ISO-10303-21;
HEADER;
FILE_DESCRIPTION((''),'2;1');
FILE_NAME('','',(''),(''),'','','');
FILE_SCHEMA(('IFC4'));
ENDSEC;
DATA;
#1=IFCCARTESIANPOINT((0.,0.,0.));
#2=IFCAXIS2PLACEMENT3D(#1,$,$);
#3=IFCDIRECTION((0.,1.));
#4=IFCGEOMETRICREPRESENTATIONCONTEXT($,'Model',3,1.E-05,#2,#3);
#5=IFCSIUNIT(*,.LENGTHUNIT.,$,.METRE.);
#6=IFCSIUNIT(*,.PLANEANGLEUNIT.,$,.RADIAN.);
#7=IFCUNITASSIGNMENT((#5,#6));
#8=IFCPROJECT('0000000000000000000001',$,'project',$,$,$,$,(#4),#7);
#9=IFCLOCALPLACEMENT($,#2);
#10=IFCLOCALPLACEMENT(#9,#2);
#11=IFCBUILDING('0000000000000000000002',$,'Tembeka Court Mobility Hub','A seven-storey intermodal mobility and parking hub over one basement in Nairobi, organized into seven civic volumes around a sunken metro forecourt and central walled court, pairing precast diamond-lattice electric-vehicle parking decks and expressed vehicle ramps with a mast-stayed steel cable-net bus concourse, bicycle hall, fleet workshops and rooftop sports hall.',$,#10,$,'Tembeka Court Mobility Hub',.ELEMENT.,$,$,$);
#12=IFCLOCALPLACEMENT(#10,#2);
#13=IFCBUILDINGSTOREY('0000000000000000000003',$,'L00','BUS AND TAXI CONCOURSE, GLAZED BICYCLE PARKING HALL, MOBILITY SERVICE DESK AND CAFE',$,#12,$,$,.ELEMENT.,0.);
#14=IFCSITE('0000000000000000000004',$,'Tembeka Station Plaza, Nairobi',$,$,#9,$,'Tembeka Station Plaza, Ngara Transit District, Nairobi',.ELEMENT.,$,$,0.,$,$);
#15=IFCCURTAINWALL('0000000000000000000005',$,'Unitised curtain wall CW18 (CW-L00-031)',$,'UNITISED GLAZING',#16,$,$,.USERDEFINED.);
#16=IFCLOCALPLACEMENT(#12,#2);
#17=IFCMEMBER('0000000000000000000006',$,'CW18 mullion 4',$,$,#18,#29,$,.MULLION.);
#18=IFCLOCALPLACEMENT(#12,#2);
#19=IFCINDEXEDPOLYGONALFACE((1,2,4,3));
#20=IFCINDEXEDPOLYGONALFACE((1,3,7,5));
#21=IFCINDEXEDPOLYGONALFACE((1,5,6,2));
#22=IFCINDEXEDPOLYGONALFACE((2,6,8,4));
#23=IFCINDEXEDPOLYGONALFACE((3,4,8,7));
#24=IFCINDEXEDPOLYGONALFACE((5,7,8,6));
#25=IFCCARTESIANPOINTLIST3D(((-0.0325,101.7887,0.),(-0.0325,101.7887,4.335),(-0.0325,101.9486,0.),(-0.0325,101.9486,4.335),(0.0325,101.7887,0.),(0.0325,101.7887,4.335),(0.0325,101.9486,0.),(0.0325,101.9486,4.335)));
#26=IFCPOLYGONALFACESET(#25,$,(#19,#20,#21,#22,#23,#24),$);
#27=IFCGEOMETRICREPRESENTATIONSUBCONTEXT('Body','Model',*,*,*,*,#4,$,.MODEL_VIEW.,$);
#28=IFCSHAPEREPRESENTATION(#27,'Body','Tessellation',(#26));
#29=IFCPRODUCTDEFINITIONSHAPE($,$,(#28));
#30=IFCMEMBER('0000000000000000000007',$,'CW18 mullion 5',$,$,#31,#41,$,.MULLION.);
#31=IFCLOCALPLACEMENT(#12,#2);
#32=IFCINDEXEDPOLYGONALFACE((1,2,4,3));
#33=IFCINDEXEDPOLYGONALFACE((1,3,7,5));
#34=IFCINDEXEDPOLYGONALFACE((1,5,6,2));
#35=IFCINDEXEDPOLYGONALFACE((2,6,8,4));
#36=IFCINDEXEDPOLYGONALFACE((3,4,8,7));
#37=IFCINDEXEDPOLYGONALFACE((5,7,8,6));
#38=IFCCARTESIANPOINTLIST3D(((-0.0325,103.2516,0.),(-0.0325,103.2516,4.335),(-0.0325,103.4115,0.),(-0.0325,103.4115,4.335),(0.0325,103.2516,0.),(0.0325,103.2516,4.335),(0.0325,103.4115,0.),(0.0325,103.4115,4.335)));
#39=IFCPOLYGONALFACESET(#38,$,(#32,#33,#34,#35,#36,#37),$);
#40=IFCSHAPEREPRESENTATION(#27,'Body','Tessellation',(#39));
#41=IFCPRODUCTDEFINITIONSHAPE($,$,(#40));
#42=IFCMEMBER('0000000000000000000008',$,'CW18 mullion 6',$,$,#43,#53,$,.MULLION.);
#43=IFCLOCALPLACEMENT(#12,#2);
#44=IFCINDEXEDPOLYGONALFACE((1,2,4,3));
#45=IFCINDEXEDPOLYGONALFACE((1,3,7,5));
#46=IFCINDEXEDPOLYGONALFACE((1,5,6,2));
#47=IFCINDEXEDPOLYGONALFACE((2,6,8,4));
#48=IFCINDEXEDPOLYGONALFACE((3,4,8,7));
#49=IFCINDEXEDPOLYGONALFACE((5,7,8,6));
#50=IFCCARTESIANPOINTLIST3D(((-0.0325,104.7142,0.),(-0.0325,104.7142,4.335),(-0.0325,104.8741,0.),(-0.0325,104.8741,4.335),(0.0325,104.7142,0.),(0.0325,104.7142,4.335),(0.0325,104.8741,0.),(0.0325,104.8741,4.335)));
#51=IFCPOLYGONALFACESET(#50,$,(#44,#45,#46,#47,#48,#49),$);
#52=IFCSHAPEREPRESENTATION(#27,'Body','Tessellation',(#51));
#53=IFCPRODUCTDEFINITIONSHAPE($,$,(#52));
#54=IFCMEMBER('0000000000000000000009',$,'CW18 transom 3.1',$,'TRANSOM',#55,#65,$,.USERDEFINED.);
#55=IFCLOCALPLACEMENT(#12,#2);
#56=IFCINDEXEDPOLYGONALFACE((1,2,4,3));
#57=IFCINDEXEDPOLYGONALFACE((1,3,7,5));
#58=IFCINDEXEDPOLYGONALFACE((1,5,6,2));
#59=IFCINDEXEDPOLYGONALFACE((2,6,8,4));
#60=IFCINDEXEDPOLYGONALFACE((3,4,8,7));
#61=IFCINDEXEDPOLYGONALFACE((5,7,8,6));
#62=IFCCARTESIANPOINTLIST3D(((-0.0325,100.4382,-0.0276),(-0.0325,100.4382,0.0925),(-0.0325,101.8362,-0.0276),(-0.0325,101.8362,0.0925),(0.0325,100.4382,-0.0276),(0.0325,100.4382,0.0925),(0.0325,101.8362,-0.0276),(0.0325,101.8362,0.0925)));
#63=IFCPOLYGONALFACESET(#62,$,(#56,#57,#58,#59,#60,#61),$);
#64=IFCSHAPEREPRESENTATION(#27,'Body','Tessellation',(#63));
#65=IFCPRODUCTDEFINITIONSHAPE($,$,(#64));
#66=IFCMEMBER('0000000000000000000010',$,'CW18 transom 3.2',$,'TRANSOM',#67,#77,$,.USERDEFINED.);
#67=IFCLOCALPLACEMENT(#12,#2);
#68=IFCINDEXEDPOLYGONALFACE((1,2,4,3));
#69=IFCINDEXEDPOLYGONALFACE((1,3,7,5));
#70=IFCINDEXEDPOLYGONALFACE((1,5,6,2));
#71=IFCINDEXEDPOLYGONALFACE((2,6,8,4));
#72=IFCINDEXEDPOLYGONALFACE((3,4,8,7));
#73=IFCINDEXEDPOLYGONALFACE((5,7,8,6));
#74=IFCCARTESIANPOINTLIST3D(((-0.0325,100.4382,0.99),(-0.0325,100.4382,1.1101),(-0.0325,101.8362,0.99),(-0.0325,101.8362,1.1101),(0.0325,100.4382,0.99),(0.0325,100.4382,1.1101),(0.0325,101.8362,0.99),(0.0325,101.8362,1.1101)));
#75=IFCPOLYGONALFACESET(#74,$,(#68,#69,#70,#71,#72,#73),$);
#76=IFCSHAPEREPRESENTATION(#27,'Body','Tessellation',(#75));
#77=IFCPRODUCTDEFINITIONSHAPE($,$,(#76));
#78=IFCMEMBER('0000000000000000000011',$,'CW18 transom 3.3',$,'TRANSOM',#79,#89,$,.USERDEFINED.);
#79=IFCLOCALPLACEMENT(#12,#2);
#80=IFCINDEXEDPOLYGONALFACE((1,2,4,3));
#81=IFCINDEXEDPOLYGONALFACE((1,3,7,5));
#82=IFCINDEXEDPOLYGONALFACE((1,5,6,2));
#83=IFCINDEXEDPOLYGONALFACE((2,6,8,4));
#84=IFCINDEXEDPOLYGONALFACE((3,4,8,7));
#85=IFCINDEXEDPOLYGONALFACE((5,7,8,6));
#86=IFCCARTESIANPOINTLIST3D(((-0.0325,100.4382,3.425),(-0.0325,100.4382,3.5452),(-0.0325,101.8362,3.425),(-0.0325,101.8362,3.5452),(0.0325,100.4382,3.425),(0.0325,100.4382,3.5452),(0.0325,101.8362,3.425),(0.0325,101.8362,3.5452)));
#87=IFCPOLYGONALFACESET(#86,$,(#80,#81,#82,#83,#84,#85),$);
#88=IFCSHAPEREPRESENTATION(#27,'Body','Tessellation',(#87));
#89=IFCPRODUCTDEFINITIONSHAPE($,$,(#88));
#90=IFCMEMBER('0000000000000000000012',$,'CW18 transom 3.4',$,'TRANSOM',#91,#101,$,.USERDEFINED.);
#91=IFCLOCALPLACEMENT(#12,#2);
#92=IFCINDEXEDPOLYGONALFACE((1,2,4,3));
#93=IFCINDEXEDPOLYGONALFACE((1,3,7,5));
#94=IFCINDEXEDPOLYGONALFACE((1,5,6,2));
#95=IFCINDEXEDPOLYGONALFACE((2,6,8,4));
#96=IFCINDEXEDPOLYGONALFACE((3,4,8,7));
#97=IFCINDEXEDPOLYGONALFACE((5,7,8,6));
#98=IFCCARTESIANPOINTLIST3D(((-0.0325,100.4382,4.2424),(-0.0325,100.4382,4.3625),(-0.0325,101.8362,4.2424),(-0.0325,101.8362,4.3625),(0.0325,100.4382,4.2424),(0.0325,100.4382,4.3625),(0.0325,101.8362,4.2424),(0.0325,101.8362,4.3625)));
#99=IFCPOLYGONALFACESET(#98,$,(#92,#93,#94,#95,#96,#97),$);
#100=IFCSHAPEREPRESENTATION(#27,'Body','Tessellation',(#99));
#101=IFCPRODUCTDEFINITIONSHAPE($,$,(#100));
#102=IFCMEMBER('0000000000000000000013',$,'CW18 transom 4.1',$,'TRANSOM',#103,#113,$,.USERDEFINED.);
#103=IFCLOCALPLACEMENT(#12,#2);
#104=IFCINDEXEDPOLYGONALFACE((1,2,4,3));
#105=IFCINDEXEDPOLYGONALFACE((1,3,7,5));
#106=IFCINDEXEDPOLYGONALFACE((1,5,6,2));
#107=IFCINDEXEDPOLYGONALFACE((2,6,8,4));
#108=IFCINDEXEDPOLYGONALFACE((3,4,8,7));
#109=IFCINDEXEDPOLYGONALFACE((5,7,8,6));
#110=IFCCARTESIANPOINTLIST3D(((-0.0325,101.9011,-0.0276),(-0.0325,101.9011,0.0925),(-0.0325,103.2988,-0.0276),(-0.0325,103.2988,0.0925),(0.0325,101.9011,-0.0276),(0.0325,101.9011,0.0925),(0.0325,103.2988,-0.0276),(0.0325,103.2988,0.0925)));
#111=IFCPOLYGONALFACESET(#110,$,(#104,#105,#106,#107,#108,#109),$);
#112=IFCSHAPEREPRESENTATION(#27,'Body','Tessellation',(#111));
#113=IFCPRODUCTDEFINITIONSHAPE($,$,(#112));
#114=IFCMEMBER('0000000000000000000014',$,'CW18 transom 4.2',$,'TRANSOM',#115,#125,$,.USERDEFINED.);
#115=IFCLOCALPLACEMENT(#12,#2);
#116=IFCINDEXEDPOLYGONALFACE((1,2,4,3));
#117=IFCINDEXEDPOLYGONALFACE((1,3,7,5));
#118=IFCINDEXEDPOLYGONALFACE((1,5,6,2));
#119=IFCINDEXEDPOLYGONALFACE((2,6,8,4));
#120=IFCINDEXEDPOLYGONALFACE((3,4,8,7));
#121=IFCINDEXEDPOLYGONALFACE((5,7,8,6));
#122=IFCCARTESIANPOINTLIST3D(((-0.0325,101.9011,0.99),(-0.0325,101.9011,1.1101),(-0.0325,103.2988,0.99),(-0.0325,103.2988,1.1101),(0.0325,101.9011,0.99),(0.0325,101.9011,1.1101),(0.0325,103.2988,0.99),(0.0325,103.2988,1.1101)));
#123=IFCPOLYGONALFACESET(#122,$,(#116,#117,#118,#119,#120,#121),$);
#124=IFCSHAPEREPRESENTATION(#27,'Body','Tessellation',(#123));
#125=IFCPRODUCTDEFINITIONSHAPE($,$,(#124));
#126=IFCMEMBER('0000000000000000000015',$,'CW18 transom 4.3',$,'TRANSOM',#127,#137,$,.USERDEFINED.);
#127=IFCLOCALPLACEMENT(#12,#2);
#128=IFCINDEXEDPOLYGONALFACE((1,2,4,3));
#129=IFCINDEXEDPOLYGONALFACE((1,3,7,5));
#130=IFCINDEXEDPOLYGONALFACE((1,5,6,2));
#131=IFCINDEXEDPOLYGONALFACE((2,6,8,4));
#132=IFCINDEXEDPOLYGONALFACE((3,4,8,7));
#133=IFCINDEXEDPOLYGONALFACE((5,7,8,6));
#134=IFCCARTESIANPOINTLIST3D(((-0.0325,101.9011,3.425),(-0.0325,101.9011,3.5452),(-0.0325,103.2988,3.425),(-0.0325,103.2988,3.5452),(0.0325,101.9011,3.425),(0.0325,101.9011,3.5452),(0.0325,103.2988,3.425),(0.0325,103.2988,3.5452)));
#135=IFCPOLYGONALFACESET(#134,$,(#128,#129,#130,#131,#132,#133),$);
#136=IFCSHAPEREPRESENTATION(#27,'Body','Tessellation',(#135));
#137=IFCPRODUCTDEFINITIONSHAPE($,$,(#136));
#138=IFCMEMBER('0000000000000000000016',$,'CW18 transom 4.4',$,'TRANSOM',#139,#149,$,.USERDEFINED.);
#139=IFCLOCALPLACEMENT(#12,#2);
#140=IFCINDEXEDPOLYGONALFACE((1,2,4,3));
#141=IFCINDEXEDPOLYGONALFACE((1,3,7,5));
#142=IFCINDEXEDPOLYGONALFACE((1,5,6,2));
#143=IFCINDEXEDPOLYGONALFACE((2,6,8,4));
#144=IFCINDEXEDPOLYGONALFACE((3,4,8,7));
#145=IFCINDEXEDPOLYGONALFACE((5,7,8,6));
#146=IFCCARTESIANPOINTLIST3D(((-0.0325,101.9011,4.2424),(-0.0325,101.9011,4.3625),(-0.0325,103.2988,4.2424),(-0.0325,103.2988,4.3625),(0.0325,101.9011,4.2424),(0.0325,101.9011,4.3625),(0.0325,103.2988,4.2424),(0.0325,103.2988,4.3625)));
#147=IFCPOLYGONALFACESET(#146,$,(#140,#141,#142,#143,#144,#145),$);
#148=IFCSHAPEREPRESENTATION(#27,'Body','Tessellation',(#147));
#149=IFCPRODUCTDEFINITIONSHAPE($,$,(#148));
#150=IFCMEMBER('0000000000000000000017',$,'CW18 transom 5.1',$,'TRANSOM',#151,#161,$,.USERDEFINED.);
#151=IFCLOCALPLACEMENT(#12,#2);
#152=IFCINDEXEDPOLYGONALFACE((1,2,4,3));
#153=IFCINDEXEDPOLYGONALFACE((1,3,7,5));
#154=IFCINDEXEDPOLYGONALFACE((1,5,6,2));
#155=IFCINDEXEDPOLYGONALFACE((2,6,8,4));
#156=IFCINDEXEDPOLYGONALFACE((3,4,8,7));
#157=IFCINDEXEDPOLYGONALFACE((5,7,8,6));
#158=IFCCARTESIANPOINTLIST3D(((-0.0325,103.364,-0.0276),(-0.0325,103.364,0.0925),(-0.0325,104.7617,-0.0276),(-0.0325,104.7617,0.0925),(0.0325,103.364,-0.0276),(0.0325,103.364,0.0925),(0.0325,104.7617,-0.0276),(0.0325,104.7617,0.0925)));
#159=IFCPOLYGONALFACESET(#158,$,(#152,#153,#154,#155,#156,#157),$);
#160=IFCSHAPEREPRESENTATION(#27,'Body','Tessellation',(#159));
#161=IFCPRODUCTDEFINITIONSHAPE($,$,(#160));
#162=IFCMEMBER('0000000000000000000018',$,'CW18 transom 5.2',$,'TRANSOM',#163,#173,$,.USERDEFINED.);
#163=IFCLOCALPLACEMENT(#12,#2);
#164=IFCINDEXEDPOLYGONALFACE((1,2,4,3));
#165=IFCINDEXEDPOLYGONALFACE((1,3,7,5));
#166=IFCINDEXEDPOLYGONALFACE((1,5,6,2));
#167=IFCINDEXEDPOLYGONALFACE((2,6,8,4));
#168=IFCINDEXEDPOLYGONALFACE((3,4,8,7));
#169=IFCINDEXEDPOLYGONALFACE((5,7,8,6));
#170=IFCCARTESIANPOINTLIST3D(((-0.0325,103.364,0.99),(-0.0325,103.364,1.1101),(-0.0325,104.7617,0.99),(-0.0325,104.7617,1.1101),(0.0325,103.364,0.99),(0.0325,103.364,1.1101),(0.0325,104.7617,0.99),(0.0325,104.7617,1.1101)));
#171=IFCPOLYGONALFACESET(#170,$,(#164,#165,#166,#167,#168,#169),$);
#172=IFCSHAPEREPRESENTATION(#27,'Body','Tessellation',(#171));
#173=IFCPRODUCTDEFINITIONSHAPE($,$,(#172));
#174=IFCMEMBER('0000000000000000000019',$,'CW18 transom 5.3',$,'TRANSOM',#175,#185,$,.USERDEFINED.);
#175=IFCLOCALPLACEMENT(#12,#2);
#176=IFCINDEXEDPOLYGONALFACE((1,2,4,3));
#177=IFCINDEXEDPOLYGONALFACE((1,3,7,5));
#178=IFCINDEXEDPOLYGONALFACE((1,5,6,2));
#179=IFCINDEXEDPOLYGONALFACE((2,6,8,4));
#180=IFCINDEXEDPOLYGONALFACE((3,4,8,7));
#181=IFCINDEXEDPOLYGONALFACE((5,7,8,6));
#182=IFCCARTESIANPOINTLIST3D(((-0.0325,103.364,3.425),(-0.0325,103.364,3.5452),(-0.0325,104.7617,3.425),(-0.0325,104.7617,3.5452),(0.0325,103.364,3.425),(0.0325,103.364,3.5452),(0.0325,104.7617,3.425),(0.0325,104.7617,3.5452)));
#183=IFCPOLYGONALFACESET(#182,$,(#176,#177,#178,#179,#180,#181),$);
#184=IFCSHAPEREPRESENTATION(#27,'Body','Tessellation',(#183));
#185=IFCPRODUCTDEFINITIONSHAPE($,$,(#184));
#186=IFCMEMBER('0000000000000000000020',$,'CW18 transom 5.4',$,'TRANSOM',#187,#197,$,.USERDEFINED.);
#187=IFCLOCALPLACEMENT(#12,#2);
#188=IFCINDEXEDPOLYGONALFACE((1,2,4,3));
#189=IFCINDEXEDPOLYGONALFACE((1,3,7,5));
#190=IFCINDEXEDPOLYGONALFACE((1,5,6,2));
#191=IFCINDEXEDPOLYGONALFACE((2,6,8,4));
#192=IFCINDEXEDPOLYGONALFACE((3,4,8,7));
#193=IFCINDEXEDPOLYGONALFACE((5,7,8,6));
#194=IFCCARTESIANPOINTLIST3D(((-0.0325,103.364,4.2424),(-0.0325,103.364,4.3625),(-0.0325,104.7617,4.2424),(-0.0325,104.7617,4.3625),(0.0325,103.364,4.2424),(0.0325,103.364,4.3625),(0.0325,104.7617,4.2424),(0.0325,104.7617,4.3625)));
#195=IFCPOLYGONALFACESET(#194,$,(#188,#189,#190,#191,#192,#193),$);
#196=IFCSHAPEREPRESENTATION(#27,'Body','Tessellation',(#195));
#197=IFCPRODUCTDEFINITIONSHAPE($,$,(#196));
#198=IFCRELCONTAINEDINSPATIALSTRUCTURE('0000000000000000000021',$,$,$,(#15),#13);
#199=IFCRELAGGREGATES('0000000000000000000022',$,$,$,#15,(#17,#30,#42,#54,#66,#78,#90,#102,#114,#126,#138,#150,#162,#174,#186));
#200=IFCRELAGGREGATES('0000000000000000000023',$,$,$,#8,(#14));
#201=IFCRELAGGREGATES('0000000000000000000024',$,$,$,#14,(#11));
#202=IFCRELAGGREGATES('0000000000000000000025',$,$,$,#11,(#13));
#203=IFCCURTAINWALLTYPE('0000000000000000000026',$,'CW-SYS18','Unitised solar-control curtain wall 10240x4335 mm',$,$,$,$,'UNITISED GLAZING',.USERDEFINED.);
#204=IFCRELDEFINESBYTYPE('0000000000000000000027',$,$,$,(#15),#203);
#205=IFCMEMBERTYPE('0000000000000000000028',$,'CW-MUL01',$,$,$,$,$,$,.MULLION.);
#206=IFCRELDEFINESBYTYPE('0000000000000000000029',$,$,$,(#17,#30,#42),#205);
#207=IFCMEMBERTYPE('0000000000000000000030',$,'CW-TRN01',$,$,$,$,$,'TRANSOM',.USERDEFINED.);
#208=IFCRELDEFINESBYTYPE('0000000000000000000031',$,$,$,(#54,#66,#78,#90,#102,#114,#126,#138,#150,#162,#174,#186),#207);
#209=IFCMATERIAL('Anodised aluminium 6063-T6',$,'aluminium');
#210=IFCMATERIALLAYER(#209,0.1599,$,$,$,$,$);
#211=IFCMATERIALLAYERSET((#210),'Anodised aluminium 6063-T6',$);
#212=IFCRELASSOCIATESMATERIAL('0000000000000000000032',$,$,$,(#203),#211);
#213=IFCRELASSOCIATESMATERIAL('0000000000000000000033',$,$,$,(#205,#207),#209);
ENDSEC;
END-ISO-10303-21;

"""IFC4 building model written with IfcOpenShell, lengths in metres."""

from ifc_helpers import new_model, si_unit, direction, frame, origin, origin_2d, place, context, subcontext, project, spatial, rectangle, extrude, material, layer, layer_set, material_profile, profile_set, type_object, element, aggregate, save


model = new_model("IFC4")

# Units and contexts
model_context = context("Model", 3, precision=1e-05, world=origin(), true_north=direction((0.0, 1.0)))
body_context = subcontext(model_context, "Body", "Model", "MODEL_VIEW")
ifc_project = project(units=[si_unit("LENGTHUNIT", "METRE"), si_unit("PLANEANGLEUNIT", "RADIAN")], contexts=[model_context])

# Site, building, storey
site_placement = place(None, origin())
site = spatial("IfcSite", under=ifc_project, at=site_placement, Name="Tembeka Station Plaza, Nairobi", LongName="Tembeka Station Plaza, Ngara Transit District, Nairobi", CompositionType="ELEMENT", RefElevation=0.0)
building_placement = place(site_placement, origin())
building = spatial("IfcBuilding", under=site, at=building_placement, Name="Tembeka Court Mobility Hub", Description="A seven-storey intermodal mobility and parking hub over one basement in Nairobi, organized into seven civic volumes around a sunken metro forecourt and central walled court, pairing precast diamond-lattice electric-vehicle parking decks and expressed vehicle ramps with a mast-stayed steel cable-net bus concourse, bicycle hall, fleet workshops and rooftop sports hall.", LongName="Tembeka Court Mobility Hub", CompositionType="ELEMENT")
storey_placement = place(building_placement, origin())
storey = spatial("IfcBuildingStorey", under=building, at=storey_placement, Name="L00", Description="BUS AND TAXI CONCOURSE, GLAZED BICYCLE PARKING HALL, MOBILITY SERVICE DESK AND CAFE", CompositionType="ELEMENT", Elevation=0.0)

# Curtain wall, members
ifc_material_1 = material(Name="Anodised aluminium 6063-T6", Category="aluminium")
ifc_layer_1 = layer(ifc_material_1, 0.1599)
ifc_layer_set_1 = layer_set([ifc_layer_1], Name="Anodised aluminium 6063-T6")
curtain_wall_type = type_object("IfcCurtainWallType", Name="CW-SYS18", Description="Unitised solar-control curtain wall 10240x4335 mm", ElementType="UNITISED GLAZING", PredefinedType="USERDEFINED", material=ifc_layer_set_1)
curtain_wall_placement = place(storey_placement, origin())
curtain_wall = element("IfcCurtainWall", 1, at=curtain_wall_placement, inside=storey, type_object=curtain_wall_type, Name="Unitised curtain wall CW18 (CW-L00-031)", ObjectType="UNITISED GLAZING", PredefinedType="USERDEFINED")
ifc_material_profile_1 = material_profile(ifc_material_1, rectangle(XDim=0.0649, YDim=0.1599, at=origin_2d()), Name="ALU-MUL 65x160")
ifc_profile_set_1 = profile_set([ifc_material_profile_1], Name="Anodised aluminium 6063-T6")
member_type_1 = type_object("IfcMemberType", Name="CW-MUL01", PredefinedType="MULLION", material=ifc_profile_set_1)
member_1_placement = place(storey_placement, frame((0.0, 101.8687, 0.0), z_axis=(0.0, 0.0, 1.0), x_axis=(-1.0, 0.0, 0.0)))
member_1 = element("IfcMember", 2, at=member_1_placement, type_object=member_type_1, Name="CW18 mullion 4", PredefinedType="MULLION", context=body_context, shape_type="SweptSolid", body=[
    extrude(rectangle(XDim=0.0649, YDim=0.1599, at=origin_2d()), origin(), (0.0, 0.0, 1.0), 4.335),
])
member_2_placement = place(storey_placement, frame((0.0, 103.3315, 0.0), z_axis=(0.0, 0.0, 1.0), x_axis=(-1.0, 0.0, 0.0)))
member_2 = element("IfcMember", 3, at=member_2_placement, type_object=member_type_1, Name="CW18 mullion 5", PredefinedType="MULLION", context=body_context, shape_type="SweptSolid", body=[
    extrude(rectangle(XDim=0.0649, YDim=0.1599, at=origin_2d()), origin(), (0.0, 0.0, 1.0), 4.335),
])
member_3_placement = place(storey_placement, frame((0.0, 104.7942, 0.0), z_axis=(0.0, 0.0, 1.0), x_axis=(-1.0, 0.0, 0.0)))
member_3 = element("IfcMember", 4, at=member_3_placement, type_object=member_type_1, Name="CW18 mullion 6", PredefinedType="MULLION", context=body_context, shape_type="SweptSolid", body=[
    extrude(rectangle(XDim=0.0649, YDim=0.1599, at=origin_2d()), origin(), (0.0, 0.0, 1.0), 4.335),
])
ifc_material_profile_2 = material_profile(ifc_material_1, rectangle(XDim=0.0649, YDim=0.1201, at=origin_2d()), Name="ALU-TRN 65x120")
ifc_profile_set_2 = profile_set([ifc_material_profile_2], Name="Anodised aluminium 6063-T6")
member_type_2 = type_object("IfcMemberType", Name="CW-TRN01", ElementType="TRANSOM", PredefinedType="USERDEFINED", material=ifc_profile_set_2)
member_4_placement = place(storey_placement, frame((0.0, 100.4382, 0.0325), z_axis=(0.0, 1.0, 0.0), x_axis=(-1.0, 0.0, 0.0)))
member_4 = element("IfcMember", 5, at=member_4_placement, type_object=member_type_2, Name="CW18 transom 3.1", ObjectType="TRANSOM", PredefinedType="USERDEFINED", context=body_context, shape_type="SweptSolid", body=[
    extrude(rectangle(XDim=0.0649, YDim=0.1201, at=origin_2d()), origin(), (0.0, 0.0, 1.0), 1.3979),
])
member_5_placement = place(storey_placement, frame((0.0, 100.4382, 1.05), z_axis=(0.0, 1.0, 0.0), x_axis=(-1.0, 0.0, 0.0)))
member_5 = element("IfcMember", 6, at=member_5_placement, type_object=member_type_2, Name="CW18 transom 3.2", ObjectType="TRANSOM", PredefinedType="USERDEFINED", context=body_context, shape_type="SweptSolid", body=[
    extrude(rectangle(XDim=0.0649, YDim=0.1201, at=origin_2d()), origin(), (0.0, 0.0, 1.0), 1.3979),
])
member_6_placement = place(storey_placement, frame((0.0, 100.4382, 3.4851), z_axis=(0.0, 1.0, 0.0), x_axis=(-1.0, 0.0, 0.0)))
member_6 = element("IfcMember", 7, at=member_6_placement, type_object=member_type_2, Name="CW18 transom 3.3", ObjectType="TRANSOM", PredefinedType="USERDEFINED", context=body_context, shape_type="SweptSolid", body=[
    extrude(rectangle(XDim=0.0649, YDim=0.1201, at=origin_2d()), origin(), (0.0, 0.0, 1.0), 1.3979),
])
member_7_placement = place(storey_placement, frame((0.0, 100.4382, 4.3025), z_axis=(0.0, 1.0, 0.0), x_axis=(-1.0, 0.0, 0.0)))
member_7 = element("IfcMember", 8, at=member_7_placement, type_object=member_type_2, Name="CW18 transom 3.4", ObjectType="TRANSOM", PredefinedType="USERDEFINED", context=body_context, shape_type="SweptSolid", body=[
    extrude(rectangle(XDim=0.0649, YDim=0.1201, at=origin_2d()), origin(), (0.0, 0.0, 1.0), 1.3979),
])
member_8_placement = place(storey_placement, frame((0.0, 101.9011, 0.0325), z_axis=(0.0, 1.0, 0.0), x_axis=(-1.0, 0.0, 0.0)))
member_8 = element("IfcMember", 9, at=member_8_placement, type_object=member_type_2, Name="CW18 transom 4.1", ObjectType="TRANSOM", PredefinedType="USERDEFINED", context=body_context, shape_type="SweptSolid", body=[
    extrude(rectangle(XDim=0.0649, YDim=0.1201, at=origin_2d()), origin(), (0.0, 0.0, 1.0), 1.3977),
])
member_9_placement = place(storey_placement, frame((0.0, 101.9011, 1.05), z_axis=(0.0, 1.0, 0.0), x_axis=(-1.0, 0.0, 0.0)))
member_9 = element("IfcMember", 10, at=member_9_placement, type_object=member_type_2, Name="CW18 transom 4.2", ObjectType="TRANSOM", PredefinedType="USERDEFINED", context=body_context, shape_type="SweptSolid", body=[
    extrude(rectangle(XDim=0.0649, YDim=0.1201, at=origin_2d()), origin(), (0.0, 0.0, 1.0), 1.3977),
])
member_10_placement = place(storey_placement, frame((0.0, 101.9011, 3.4851), z_axis=(0.0, 1.0, 0.0), x_axis=(-1.0, 0.0, 0.0)))
member_10 = element("IfcMember", 11, at=member_10_placement, type_object=member_type_2, Name="CW18 transom 4.3", ObjectType="TRANSOM", PredefinedType="USERDEFINED", context=body_context, shape_type="SweptSolid", body=[
    extrude(rectangle(XDim=0.0649, YDim=0.1201, at=origin_2d()), origin(), (0.0, 0.0, 1.0), 1.3977),
])
member_11_placement = place(storey_placement, frame((0.0, 101.9011, 4.3025), z_axis=(0.0, 1.0, 0.0), x_axis=(-1.0, 0.0, 0.0)))
member_11 = element("IfcMember", 12, at=member_11_placement, type_object=member_type_2, Name="CW18 transom 4.4", ObjectType="TRANSOM", PredefinedType="USERDEFINED", context=body_context, shape_type="SweptSolid", body=[
    extrude(rectangle(XDim=0.0649, YDim=0.1201, at=origin_2d()), origin(), (0.0, 0.0, 1.0), 1.3977),
])
member_12_placement = place(storey_placement, frame((0.0, 103.364, 0.0325), z_axis=(0.0, 1.0, 0.0), x_axis=(-1.0, 0.0, 0.0)))
member_12 = element("IfcMember", 13, at=member_12_placement, type_object=member_type_2, Name="CW18 transom 5.1", ObjectType="TRANSOM", PredefinedType="USERDEFINED", context=body_context, shape_type="SweptSolid", body=[
    extrude(rectangle(XDim=0.0649, YDim=0.1201, at=origin_2d()), origin(), (0.0, 0.0, 1.0), 1.3977),
])
member_13_placement = place(storey_placement, frame((0.0, 103.364, 1.05), z_axis=(0.0, 1.0, 0.0), x_axis=(-1.0, 0.0, 0.0)))
member_13 = element("IfcMember", 14, at=member_13_placement, type_object=member_type_2, Name="CW18 transom 5.2", ObjectType="TRANSOM", PredefinedType="USERDEFINED", context=body_context, shape_type="SweptSolid", body=[
    extrude(rectangle(XDim=0.0649, YDim=0.1201, at=origin_2d()), origin(), (0.0, 0.0, 1.0), 1.3977),
])
member_14_placement = place(storey_placement, frame((0.0, 103.364, 3.4851), z_axis=(0.0, 1.0, 0.0), x_axis=(-1.0, 0.0, 0.0)))
member_14 = element("IfcMember", 15, at=member_14_placement, type_object=member_type_2, Name="CW18 transom 5.3", ObjectType="TRANSOM", PredefinedType="USERDEFINED", context=body_context, shape_type="SweptSolid", body=[
    extrude(rectangle(XDim=0.0649, YDim=0.1201, at=origin_2d()), origin(), (0.0, 0.0, 1.0), 1.3977),
])
member_15_placement = place(storey_placement, frame((0.0, 103.364, 4.3025), z_axis=(0.0, 1.0, 0.0), x_axis=(-1.0, 0.0, 0.0)))
member_15 = element("IfcMember", 16, at=member_15_placement, type_object=member_type_2, Name="CW18 transom 5.4", ObjectType="TRANSOM", PredefinedType="USERDEFINED", context=body_context, shape_type="SweptSolid", body=[
    extrude(rectangle(XDim=0.0649, YDim=0.1201, at=origin_2d()), origin(), (0.0, 0.0, 1.0), 1.3977),
])
aggregate(curtain_wall, [member_1, member_2, member_3, member_4, member_5, member_6, member_7, member_8, member_9, member_10, member_11, member_12, member_13, member_14, member_15])

save(model, "model.ifc")
